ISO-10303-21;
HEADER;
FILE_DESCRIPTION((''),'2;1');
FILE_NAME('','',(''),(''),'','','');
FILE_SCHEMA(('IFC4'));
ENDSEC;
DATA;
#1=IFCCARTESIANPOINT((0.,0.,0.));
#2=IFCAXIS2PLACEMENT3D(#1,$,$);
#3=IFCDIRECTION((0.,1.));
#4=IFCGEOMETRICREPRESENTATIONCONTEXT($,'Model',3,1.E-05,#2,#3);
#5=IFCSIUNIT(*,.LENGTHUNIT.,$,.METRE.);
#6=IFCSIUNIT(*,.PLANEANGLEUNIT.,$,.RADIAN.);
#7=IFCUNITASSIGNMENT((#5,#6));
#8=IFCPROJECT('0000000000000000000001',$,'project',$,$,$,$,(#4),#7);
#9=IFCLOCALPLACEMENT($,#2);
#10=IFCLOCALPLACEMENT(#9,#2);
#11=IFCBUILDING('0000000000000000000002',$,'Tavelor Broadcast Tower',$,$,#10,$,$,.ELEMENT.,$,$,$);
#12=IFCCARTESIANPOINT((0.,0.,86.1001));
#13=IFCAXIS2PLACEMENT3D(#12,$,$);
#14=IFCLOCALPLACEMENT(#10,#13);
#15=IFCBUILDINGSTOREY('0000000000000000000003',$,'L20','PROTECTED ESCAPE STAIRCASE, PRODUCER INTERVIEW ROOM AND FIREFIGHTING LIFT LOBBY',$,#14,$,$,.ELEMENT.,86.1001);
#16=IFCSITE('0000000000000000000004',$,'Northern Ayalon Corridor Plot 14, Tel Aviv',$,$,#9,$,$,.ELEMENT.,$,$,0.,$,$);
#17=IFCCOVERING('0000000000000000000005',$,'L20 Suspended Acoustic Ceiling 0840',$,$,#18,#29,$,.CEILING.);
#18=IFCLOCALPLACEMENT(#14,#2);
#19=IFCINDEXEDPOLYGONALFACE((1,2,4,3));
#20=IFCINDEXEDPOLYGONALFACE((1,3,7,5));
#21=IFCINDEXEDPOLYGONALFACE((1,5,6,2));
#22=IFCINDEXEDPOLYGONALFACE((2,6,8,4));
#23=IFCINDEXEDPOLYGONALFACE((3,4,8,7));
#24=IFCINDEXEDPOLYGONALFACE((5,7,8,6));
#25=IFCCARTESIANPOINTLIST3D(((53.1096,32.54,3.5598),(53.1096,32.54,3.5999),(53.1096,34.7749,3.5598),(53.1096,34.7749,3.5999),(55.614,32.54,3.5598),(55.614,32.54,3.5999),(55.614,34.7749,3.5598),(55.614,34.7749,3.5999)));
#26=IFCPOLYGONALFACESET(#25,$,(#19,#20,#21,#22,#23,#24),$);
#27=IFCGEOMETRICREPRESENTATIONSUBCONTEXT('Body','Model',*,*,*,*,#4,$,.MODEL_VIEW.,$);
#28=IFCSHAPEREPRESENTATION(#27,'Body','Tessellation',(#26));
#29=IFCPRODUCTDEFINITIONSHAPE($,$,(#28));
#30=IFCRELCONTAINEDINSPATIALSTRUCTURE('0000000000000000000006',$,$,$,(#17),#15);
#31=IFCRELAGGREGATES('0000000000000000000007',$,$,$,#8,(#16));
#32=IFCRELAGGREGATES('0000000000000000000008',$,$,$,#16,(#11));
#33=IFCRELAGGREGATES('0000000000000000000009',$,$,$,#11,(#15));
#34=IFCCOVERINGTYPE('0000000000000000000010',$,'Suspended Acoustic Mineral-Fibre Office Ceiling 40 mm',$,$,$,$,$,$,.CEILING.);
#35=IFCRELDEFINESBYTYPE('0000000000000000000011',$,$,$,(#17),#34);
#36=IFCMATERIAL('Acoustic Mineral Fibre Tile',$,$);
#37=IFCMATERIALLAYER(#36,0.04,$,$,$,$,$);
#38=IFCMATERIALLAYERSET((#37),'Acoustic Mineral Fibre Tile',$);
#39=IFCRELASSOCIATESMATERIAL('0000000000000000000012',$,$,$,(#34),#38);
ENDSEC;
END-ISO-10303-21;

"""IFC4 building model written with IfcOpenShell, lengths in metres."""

from ifc_helpers import new_model, si_unit, direction, frame, origin, place, context, subcontext, project, spatial, polyline, outline, extrude, material, layer, layer_set, type_object, element, save


model = new_model("IFC4")

# Units and contexts
model_context = context("Model", 3, precision=1e-05, world=origin(), true_north=direction((0.0, 1.0)))
body_context = subcontext(model_context, "Body", "Model", "MODEL_VIEW")
ifc_project = project(units=[si_unit("LENGTHUNIT", "METRE"), si_unit("PLANEANGLEUNIT", "RADIAN")], contexts=[model_context])

# Site, building, storey
site_placement = place(None, origin())
site = spatial("IfcSite", under=ifc_project, at=site_placement, Name="Northern Ayalon Corridor Plot 14, Tel Aviv", CompositionType="ELEMENT", RefElevation=0.0)
building_placement = place(site_placement, origin())
building = spatial("IfcBuilding", under=site, at=building_placement, Name="Tavelor Broadcast Tower", CompositionType="ELEMENT")
storey_placement = place(building_placement, frame((0.0, 0.0, 86.1001)))
storey = spatial("IfcBuildingStorey", under=building, at=storey_placement, Name="L20", Description="PROTECTED ESCAPE STAIRCASE, PRODUCER INTERVIEW ROOM AND FIREFIGHTING LIFT LOBBY", CompositionType="ELEMENT", Elevation=86.1001)

# Covering
ifc_material_1 = material(Name="Acoustic Mineral Fibre Tile")
ifc_layer_1 = layer(ifc_material_1, 0.04)
ifc_layer_set_1 = layer_set([ifc_layer_1], Name="Acoustic Mineral Fibre Tile")
covering_type_1 = type_object("IfcCoveringType", Name="Suspended Acoustic Mineral-Fibre Office Ceiling 40 mm", PredefinedType="CEILING", material=ifc_layer_set_1)
covering_1_placement = place(storey_placement, frame((0.0, 0.0, 3.5598)))
element("IfcCovering", 1, at=covering_1_placement, inside=storey, type_object=covering_type_1, Name="L20 Suspended Acoustic Ceiling 0840", PredefinedType="CEILING", context=body_context, shape_type="SweptSolid", body=[
    extrude(outline(polyline([(53.1096, 32.54), (55.614, 32.54), (55.614, 34.7749), (53.1096, 34.7749), (53.1096, 32.54)])), origin(), (0.0, 0.0, 1.0), 0.04),
])

save(model, "model.ifc")
